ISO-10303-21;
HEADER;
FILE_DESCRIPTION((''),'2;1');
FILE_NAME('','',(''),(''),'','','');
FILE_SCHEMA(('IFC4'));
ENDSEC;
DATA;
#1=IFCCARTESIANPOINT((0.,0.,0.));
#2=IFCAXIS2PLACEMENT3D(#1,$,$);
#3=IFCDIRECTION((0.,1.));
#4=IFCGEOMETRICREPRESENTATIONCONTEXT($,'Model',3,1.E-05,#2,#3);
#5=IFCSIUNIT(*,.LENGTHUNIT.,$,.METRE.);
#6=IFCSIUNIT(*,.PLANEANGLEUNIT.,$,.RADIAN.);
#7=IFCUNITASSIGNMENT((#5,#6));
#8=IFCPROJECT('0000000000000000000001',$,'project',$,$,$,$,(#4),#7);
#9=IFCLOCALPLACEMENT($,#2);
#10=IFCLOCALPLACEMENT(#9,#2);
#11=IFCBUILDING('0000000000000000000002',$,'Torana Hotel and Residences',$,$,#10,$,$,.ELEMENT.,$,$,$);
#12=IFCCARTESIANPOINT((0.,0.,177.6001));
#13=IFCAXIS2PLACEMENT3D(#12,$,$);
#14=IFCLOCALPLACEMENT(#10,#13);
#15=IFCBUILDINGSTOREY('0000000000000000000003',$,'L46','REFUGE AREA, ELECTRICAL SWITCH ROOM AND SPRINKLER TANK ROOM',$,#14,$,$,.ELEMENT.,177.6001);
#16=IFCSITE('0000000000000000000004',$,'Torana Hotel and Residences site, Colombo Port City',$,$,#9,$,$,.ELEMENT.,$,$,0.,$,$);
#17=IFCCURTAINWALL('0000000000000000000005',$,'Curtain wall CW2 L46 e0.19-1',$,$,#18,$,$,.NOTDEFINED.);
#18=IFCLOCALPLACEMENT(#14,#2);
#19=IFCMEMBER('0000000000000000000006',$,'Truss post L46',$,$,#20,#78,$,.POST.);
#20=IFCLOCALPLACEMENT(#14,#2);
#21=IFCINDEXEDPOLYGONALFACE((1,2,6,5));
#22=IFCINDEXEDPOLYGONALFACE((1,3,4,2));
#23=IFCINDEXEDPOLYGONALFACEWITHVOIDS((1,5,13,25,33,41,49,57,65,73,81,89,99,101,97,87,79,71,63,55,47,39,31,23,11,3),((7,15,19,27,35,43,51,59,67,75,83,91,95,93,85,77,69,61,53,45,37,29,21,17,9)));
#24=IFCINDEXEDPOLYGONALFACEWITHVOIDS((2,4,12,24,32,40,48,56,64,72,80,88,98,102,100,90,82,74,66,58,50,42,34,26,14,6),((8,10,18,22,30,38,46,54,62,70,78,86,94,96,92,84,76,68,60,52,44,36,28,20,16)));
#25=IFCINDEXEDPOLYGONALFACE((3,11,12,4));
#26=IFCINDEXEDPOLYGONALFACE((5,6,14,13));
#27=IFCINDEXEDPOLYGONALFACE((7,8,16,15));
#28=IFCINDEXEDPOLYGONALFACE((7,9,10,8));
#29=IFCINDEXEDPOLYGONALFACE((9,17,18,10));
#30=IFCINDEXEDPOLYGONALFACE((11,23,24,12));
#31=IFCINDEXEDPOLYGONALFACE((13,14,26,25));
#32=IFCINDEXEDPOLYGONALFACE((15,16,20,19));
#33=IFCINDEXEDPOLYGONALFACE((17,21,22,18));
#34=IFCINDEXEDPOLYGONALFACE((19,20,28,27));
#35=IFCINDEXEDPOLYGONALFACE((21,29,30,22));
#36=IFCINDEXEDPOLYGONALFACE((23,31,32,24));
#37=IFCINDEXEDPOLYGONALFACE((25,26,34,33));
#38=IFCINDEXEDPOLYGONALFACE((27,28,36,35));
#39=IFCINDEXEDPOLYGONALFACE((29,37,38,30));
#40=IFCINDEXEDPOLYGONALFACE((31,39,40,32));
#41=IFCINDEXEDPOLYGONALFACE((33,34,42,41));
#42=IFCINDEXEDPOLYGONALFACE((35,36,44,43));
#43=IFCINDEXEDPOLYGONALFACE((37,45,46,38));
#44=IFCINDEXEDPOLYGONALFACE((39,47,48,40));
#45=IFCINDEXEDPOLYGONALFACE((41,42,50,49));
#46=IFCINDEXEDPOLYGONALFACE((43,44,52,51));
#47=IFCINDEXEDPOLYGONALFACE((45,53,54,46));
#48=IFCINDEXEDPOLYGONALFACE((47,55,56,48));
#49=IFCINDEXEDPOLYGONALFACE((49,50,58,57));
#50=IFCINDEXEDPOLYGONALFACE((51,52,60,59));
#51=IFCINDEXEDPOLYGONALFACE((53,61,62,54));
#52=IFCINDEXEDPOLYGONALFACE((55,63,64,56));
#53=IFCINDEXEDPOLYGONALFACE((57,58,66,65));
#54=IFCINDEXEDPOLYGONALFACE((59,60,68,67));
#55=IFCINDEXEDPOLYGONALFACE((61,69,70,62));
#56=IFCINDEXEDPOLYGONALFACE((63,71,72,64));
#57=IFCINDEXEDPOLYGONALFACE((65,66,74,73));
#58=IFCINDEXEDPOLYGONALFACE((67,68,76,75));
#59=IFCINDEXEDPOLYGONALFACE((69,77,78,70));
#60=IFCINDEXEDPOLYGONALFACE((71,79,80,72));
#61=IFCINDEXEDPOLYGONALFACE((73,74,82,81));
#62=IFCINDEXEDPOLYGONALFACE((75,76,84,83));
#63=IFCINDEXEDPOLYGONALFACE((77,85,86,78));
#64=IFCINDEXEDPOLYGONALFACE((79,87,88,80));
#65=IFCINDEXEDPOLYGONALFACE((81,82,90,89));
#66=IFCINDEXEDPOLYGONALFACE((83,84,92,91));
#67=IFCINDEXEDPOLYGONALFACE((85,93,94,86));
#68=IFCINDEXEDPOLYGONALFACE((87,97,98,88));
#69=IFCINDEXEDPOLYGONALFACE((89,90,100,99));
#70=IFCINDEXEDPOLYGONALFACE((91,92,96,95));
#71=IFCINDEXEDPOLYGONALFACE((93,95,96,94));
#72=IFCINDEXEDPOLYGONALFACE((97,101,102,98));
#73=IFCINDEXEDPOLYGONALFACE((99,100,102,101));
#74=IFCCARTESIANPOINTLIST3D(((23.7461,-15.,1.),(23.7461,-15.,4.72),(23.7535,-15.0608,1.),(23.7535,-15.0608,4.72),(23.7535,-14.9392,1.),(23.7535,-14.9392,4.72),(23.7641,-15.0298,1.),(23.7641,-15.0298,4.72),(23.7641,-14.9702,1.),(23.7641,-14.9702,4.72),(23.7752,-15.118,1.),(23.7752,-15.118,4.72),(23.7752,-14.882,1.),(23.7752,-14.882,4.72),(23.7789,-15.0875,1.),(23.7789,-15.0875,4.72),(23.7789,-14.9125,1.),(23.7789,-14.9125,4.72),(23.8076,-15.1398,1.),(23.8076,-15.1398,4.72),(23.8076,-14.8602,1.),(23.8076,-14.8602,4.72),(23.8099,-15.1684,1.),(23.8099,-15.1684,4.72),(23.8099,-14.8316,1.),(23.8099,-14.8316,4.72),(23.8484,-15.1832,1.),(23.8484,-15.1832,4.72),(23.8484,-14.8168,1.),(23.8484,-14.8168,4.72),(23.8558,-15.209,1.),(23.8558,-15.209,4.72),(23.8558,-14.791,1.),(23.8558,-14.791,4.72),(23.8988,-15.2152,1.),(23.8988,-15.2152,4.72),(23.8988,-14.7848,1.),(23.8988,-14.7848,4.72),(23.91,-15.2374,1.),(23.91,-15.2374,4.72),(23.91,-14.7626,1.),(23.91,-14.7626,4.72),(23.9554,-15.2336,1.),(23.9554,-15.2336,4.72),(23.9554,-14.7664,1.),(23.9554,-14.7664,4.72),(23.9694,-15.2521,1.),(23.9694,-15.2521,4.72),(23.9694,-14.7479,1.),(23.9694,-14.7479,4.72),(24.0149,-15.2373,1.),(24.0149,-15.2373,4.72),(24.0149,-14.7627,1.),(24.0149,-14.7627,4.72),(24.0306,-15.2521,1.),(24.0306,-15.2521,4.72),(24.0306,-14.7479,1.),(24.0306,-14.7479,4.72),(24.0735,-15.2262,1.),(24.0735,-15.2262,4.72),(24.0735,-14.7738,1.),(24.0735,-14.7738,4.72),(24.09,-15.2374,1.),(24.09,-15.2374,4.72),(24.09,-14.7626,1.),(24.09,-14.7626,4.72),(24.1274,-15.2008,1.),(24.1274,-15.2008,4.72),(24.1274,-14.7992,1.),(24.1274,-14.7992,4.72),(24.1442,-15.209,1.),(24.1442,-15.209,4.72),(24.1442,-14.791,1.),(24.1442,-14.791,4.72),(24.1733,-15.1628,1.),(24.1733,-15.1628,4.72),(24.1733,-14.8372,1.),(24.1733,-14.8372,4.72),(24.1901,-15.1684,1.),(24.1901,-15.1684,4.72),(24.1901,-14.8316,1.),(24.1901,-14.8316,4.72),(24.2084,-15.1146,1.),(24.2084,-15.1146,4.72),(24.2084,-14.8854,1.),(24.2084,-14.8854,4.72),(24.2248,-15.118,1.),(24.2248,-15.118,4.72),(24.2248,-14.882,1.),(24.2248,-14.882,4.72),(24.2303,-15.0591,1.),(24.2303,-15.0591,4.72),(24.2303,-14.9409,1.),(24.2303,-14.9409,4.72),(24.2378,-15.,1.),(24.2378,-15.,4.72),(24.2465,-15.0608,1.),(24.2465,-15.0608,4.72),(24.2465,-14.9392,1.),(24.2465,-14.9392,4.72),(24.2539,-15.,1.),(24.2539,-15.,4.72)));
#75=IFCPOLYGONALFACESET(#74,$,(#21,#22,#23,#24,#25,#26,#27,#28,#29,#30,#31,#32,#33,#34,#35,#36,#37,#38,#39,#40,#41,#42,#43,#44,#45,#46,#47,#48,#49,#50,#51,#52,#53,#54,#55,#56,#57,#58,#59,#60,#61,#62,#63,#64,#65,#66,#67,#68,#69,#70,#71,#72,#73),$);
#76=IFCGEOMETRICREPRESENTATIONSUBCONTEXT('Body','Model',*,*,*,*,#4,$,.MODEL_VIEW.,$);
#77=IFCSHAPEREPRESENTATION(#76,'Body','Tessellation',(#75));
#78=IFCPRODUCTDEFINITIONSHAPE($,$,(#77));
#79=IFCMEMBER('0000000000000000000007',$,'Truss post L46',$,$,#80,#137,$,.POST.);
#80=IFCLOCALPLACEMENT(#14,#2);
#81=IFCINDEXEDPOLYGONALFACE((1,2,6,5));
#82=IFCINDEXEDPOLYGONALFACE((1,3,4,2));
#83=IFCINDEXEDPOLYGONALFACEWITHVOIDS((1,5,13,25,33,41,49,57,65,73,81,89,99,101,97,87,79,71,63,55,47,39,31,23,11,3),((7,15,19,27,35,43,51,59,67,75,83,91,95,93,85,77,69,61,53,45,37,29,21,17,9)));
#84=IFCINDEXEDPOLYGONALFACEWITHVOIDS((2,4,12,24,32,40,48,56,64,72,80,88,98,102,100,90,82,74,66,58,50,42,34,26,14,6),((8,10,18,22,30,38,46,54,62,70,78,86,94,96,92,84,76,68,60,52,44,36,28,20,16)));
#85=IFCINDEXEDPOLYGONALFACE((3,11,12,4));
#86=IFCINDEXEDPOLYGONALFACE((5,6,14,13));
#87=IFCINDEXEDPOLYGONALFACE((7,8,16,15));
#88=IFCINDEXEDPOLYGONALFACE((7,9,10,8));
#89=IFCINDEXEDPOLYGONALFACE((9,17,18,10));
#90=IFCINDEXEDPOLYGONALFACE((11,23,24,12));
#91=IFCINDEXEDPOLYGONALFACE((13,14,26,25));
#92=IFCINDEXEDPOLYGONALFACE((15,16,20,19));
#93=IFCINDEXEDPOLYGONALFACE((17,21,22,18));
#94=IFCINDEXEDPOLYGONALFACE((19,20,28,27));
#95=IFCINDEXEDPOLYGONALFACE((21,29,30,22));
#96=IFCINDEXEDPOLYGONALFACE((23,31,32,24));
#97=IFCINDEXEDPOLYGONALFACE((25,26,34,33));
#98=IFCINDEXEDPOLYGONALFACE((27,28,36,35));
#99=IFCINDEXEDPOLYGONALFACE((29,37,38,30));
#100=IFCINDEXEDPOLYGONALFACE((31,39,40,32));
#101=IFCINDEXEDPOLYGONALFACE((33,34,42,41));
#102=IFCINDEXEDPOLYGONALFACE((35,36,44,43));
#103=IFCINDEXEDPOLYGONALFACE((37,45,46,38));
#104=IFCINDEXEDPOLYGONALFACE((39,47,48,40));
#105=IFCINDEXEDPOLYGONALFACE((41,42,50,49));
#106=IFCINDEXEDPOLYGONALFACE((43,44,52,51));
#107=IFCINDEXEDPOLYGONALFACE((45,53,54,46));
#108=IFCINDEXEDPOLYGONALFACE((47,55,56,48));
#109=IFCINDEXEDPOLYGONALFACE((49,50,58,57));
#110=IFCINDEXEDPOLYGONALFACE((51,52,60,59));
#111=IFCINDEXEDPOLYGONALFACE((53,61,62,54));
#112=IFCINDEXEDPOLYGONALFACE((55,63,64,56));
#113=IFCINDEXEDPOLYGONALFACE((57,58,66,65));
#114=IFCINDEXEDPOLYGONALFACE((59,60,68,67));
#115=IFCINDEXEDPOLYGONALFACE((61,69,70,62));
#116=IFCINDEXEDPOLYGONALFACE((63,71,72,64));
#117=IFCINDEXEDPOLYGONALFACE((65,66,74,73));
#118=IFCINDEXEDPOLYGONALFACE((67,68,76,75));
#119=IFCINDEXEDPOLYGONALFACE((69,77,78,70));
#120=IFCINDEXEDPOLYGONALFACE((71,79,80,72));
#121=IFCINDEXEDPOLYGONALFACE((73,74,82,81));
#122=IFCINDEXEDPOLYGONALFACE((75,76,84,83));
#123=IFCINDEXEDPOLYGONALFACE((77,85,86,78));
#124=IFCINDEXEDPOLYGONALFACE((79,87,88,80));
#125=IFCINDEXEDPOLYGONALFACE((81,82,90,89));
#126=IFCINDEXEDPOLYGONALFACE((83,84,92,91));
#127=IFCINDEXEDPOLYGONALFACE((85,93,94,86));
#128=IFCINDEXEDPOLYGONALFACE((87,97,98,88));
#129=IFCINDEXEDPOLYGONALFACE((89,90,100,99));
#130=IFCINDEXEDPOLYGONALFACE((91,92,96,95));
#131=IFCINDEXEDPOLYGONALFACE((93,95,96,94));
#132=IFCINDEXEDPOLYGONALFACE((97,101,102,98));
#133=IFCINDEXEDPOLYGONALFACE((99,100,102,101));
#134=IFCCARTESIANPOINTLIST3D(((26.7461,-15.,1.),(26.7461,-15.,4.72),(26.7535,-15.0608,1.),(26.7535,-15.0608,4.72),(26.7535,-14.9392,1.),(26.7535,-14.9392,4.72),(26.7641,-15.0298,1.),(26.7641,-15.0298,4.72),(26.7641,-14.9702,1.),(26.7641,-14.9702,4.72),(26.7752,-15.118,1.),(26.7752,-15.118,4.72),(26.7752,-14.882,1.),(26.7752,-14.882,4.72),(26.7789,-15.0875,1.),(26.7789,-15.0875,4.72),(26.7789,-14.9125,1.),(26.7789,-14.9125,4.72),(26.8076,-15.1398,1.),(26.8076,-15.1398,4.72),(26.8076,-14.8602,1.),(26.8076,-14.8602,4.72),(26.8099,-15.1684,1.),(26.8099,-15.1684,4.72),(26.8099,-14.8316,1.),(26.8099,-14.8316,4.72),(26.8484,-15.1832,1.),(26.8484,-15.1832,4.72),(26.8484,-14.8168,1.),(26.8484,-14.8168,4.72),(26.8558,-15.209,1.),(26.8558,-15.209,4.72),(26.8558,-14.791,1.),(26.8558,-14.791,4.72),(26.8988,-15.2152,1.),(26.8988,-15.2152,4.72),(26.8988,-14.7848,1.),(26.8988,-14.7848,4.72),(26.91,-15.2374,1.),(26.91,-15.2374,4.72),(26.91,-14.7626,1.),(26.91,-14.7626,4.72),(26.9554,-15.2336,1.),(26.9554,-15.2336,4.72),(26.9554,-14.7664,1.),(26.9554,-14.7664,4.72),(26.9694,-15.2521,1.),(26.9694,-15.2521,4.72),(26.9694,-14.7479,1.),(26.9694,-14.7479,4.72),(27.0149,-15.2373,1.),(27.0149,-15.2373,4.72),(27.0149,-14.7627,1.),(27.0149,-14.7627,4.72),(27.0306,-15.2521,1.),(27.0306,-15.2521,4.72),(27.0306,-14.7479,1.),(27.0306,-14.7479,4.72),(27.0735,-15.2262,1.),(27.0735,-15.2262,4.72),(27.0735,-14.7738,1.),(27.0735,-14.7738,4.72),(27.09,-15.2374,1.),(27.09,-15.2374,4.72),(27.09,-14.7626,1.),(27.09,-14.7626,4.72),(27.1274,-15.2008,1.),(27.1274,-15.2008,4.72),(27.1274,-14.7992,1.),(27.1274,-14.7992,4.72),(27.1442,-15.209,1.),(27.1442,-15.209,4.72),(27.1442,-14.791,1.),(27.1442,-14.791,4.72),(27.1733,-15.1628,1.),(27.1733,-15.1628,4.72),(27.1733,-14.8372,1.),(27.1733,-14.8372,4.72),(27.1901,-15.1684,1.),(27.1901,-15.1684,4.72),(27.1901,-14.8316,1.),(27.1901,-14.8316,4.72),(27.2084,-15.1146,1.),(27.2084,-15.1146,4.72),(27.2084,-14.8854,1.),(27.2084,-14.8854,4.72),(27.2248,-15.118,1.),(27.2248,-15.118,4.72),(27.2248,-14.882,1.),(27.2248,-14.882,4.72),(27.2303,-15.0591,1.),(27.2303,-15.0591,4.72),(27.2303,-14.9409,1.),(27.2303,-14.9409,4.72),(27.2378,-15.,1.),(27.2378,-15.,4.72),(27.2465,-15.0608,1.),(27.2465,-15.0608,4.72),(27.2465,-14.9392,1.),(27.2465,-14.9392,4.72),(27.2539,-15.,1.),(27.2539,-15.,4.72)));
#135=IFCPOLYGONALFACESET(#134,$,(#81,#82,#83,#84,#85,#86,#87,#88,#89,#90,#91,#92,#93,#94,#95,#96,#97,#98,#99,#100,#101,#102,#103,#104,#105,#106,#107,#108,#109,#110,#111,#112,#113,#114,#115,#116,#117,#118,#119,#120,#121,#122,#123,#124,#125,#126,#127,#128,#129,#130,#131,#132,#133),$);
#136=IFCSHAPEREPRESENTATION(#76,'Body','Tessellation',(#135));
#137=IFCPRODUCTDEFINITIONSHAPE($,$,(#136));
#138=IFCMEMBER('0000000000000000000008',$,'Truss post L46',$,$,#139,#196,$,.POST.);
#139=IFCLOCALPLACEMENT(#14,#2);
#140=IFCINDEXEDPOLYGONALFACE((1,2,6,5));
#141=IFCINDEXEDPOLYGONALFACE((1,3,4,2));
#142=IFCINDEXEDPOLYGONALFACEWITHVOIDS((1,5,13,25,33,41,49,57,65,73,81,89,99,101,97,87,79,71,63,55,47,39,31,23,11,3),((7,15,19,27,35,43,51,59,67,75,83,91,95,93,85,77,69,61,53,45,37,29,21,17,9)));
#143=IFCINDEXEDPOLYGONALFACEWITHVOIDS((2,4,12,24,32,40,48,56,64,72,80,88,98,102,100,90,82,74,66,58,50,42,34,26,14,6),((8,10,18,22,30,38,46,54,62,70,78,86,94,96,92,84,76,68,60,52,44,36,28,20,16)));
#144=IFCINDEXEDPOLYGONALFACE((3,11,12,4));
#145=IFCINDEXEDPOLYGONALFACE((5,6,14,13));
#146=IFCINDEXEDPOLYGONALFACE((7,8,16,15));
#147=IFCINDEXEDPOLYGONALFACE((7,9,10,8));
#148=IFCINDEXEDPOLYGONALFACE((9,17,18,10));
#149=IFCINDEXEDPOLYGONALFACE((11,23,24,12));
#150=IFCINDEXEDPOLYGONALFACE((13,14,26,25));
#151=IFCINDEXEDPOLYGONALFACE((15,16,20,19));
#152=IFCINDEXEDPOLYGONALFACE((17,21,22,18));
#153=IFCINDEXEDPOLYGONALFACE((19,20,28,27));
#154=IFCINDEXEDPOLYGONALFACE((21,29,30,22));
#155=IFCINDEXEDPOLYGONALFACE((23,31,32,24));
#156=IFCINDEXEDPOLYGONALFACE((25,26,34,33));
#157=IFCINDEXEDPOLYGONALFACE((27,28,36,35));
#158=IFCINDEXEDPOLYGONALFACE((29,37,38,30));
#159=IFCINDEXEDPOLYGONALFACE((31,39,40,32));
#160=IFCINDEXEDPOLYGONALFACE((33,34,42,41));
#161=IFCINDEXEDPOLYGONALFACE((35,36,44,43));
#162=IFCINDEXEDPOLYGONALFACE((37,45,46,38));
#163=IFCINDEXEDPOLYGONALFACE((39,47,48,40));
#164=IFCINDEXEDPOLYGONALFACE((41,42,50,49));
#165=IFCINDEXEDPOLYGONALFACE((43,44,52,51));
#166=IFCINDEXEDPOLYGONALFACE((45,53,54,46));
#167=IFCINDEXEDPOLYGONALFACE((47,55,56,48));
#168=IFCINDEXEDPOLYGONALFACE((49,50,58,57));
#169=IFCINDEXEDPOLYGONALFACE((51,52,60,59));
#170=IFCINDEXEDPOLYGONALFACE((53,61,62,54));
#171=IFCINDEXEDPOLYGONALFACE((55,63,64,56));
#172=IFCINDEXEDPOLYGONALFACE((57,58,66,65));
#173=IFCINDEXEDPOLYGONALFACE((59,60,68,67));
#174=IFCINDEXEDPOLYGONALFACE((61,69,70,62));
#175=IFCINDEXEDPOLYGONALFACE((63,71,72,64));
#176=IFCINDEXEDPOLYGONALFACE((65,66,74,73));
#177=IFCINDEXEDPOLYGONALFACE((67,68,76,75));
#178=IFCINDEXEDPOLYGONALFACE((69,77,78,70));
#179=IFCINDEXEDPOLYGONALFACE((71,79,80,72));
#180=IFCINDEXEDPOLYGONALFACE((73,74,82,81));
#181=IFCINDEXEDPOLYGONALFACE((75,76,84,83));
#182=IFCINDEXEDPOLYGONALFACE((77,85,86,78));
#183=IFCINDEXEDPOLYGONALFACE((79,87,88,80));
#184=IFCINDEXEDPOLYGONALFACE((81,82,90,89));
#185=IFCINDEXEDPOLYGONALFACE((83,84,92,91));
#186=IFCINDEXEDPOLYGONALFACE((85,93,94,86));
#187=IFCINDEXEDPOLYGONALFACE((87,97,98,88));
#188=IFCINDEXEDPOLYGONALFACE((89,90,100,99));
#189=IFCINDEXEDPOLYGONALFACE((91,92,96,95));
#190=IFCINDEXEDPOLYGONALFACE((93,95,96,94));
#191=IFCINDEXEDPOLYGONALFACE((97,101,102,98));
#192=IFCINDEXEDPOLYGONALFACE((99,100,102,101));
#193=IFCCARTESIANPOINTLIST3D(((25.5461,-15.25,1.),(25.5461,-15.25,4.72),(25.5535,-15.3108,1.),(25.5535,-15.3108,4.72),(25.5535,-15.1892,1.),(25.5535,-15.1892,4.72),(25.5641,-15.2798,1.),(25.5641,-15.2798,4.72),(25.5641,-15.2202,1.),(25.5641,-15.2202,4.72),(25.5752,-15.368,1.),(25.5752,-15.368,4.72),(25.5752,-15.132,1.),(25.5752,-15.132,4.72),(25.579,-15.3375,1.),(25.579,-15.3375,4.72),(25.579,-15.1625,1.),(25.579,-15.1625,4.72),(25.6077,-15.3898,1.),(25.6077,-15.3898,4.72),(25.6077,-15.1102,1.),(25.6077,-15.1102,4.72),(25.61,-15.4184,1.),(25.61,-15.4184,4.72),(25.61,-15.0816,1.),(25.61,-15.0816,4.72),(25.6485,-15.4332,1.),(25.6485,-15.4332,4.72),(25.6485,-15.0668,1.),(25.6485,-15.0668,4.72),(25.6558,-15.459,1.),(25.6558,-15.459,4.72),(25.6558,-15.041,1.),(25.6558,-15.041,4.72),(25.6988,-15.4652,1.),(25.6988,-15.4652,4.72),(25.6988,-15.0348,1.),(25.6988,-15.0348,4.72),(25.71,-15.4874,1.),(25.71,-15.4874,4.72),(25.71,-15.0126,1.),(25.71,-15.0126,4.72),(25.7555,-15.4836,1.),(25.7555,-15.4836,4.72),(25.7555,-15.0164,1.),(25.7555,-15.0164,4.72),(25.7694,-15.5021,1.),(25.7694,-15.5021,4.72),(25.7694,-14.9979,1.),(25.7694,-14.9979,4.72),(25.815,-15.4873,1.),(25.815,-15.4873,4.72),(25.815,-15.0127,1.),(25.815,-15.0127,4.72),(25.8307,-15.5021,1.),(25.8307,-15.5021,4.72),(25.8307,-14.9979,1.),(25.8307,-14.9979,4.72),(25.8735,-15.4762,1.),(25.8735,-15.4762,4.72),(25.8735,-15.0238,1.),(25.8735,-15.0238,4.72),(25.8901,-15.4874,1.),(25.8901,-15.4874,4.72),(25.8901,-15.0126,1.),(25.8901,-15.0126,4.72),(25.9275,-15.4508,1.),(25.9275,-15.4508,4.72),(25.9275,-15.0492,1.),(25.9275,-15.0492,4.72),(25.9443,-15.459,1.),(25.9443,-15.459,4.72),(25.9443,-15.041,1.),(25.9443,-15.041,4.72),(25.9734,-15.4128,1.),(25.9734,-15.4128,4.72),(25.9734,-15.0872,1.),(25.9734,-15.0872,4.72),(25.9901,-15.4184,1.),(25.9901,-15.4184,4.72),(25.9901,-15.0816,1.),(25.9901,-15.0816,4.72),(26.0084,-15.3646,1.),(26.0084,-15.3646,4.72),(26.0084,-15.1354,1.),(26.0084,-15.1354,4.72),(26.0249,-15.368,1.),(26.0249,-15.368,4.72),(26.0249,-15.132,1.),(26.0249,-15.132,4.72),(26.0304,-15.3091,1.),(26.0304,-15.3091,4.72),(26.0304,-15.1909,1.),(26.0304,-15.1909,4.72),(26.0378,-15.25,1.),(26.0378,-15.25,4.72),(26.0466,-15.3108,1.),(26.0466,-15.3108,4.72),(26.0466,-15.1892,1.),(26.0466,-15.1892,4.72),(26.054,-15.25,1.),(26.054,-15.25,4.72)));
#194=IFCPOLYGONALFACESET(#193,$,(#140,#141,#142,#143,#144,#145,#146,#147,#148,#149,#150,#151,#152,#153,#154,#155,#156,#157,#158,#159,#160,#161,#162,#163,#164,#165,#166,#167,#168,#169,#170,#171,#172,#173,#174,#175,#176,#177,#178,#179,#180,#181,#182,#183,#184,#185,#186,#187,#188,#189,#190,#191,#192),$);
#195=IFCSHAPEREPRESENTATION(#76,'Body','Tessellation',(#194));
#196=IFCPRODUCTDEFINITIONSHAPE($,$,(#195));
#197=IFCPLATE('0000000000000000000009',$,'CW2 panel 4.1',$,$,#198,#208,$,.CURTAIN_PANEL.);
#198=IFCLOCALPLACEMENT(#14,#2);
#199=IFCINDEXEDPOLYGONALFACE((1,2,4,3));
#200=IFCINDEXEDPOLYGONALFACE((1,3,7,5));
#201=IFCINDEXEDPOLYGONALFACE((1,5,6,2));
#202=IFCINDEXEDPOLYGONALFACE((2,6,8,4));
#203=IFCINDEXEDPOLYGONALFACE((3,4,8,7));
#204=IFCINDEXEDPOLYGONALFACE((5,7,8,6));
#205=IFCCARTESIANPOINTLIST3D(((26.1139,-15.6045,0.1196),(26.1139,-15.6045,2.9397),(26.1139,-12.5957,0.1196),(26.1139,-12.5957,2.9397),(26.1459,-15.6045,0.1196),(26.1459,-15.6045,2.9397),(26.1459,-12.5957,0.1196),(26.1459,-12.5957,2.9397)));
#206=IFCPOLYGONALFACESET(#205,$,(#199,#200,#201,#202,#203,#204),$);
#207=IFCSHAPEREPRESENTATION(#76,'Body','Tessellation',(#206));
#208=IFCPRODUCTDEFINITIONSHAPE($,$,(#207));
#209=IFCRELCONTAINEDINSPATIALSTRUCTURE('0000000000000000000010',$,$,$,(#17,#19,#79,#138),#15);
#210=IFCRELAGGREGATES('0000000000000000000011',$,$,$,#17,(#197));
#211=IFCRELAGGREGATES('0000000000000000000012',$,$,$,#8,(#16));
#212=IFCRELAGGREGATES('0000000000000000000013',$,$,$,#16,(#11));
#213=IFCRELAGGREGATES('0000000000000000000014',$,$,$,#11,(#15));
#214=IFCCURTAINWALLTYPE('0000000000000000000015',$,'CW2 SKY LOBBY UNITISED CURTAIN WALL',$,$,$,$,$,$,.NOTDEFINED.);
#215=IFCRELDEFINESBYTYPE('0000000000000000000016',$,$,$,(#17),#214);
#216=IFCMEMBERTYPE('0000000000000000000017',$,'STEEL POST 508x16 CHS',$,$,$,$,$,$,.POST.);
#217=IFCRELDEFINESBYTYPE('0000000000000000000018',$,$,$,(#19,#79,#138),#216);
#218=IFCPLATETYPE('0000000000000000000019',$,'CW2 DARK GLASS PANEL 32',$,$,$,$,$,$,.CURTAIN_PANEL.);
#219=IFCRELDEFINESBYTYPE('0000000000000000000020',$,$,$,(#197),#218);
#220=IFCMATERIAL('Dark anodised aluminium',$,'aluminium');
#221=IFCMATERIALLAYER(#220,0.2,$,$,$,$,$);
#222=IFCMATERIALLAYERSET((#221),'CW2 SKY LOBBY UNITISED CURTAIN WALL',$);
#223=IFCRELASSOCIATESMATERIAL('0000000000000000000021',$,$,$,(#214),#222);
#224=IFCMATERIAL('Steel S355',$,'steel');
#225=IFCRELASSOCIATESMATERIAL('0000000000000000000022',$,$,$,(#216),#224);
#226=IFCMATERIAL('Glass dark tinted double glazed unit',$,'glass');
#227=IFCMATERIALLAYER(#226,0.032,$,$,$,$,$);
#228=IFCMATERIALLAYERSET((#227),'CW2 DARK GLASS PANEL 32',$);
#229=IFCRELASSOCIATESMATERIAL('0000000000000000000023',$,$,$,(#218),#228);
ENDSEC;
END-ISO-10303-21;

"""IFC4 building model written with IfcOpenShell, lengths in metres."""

from ifc_helpers import new_model, si_unit, direction, frame, origin, origin_2d, place, context, subcontext, project, spatial, rectangle, hollow_circle, extrude, material, layer, layer_set, material_profile, profile_set, type_object, element, aggregate, save


model = new_model("IFC4")

# Units and contexts
model_context = context("Model", 3, precision=1e-05, world=origin(), true_north=direction((0.0, 1.0)))
body_context = subcontext(model_context, "Body", "Model", "MODEL_VIEW")
ifc_project = project(units=[si_unit("LENGTHUNIT", "METRE"), si_unit("PLANEANGLEUNIT", "RADIAN")], contexts=[model_context])

# Site, building, storey
site_placement = place(None, origin())
site = spatial("IfcSite", under=ifc_project, at=site_placement, Name="Torana Hotel and Residences site, Colombo Port City", CompositionType="ELEMENT", RefElevation=0.0)
building_placement = place(site_placement, origin())
building = spatial("IfcBuilding", under=site, at=building_placement, Name="Torana Hotel and Residences", CompositionType="ELEMENT")
storey_placement = place(building_placement, frame((0.0, 0.0, 177.6001)))
storey = spatial("IfcBuildingStorey", under=building, at=storey_placement, Name="L46", Description="REFUGE AREA, ELECTRICAL SWITCH ROOM AND SPRINKLER TANK ROOM", CompositionType="ELEMENT", Elevation=177.6001)

# Curtain wall
ifc_material_1 = material(Name="Dark anodised aluminium", Category="aluminium")
ifc_layer_1 = layer(ifc_material_1, 0.2)
ifc_layer_set_1 = layer_set([ifc_layer_1], Name="CW2 SKY LOBBY UNITISED CURTAIN WALL")
curtain_wall_type = type_object("IfcCurtainWallType", Name="CW2 SKY LOBBY UNITISED CURTAIN WALL", PredefinedType="NOTDEFINED", material=ifc_layer_set_1)
curtain_wall_placement = place(storey_placement, origin())
curtain_wall = element("IfcCurtainWall", 1, at=curtain_wall_placement, inside=storey, type_object=curtain_wall_type, Name="Curtain wall CW2 L46 e0.19-1", PredefinedType="NOTDEFINED")

# Members
ifc_material_2 = material(Name="Steel S355", Category="steel")
ifc_material_profile_1 = material_profile(ifc_material_2, hollow_circle(Radius=0.2539, WallThickness=0.0161, at=origin_2d()), Name="508x16 CHS")
ifc_profile_set_1 = profile_set([ifc_material_profile_1], Name="Steel S355")
member_type_1 = type_object("IfcMemberType", Name="STEEL POST 508x16 CHS", PredefinedType="POST", material=ifc_profile_set_1)
for number, where, z_axis, x_axis, name in (
    (2, (24.0, -15.0, 1.0), (0.0, 0.0, 1.0), (1.0, 0.0, 0.0), "Truss post L46"),
    (3, (27.0, -15.0, 1.0), (0.0, 0.0, 1.0), (1.0, 0.0, 0.0), "Truss post L46"),
    (4, (25.8, -15.25, 1.0), (0.0, 0.0, 1.0), (1.0, 0.0, 0.0), "Truss post L46"),
):
    element("IfcMember", number, at=place(storey_placement, frame(where, z_axis=z_axis, x_axis=x_axis)), inside=storey, type_object=member_type_1, Name=name, PredefinedType="POST", context=body_context, shape_type="SweptSolid", body=[
        extrude(hollow_circle(Radius=0.2539, WallThickness=0.0161, at=origin_2d()), origin(), (0.0, 0.0, 1.0), 3.72),
    ])

# Plate
ifc_material_3 = material(Name="Glass dark tinted double glazed unit", Category="glass")
ifc_layer_2 = layer(ifc_material_3, 0.032)
ifc_layer_set_2 = layer_set([ifc_layer_2], Name="CW2 DARK GLASS PANEL 32")
plate_type_1 = type_object("IfcPlateType", Name="CW2 DARK GLASS PANEL 32", PredefinedType="CURTAIN_PANEL", material=ifc_layer_set_2)
plate_1_placement = place(storey_placement, frame((26.1299, -14.1001, 0.1196), z_axis=(0.0, 0.0, 1.0), x_axis=(0.0, 1.0, 0.0)))
plate_1 = element("IfcPlate", 5, at=plate_1_placement, type_object=plate_type_1, Name="CW2 panel 4.1", PredefinedType="CURTAIN_PANEL", context=body_context, shape_type="SweptSolid", body=[
    extrude(rectangle(XDim=3.0088, YDim=0.032, at=origin_2d()), origin(), (0.0, 0.0, 1.0), 2.8201),
])
aggregate(curtain_wall, [plate_1])

save(model, "model.ifc")
